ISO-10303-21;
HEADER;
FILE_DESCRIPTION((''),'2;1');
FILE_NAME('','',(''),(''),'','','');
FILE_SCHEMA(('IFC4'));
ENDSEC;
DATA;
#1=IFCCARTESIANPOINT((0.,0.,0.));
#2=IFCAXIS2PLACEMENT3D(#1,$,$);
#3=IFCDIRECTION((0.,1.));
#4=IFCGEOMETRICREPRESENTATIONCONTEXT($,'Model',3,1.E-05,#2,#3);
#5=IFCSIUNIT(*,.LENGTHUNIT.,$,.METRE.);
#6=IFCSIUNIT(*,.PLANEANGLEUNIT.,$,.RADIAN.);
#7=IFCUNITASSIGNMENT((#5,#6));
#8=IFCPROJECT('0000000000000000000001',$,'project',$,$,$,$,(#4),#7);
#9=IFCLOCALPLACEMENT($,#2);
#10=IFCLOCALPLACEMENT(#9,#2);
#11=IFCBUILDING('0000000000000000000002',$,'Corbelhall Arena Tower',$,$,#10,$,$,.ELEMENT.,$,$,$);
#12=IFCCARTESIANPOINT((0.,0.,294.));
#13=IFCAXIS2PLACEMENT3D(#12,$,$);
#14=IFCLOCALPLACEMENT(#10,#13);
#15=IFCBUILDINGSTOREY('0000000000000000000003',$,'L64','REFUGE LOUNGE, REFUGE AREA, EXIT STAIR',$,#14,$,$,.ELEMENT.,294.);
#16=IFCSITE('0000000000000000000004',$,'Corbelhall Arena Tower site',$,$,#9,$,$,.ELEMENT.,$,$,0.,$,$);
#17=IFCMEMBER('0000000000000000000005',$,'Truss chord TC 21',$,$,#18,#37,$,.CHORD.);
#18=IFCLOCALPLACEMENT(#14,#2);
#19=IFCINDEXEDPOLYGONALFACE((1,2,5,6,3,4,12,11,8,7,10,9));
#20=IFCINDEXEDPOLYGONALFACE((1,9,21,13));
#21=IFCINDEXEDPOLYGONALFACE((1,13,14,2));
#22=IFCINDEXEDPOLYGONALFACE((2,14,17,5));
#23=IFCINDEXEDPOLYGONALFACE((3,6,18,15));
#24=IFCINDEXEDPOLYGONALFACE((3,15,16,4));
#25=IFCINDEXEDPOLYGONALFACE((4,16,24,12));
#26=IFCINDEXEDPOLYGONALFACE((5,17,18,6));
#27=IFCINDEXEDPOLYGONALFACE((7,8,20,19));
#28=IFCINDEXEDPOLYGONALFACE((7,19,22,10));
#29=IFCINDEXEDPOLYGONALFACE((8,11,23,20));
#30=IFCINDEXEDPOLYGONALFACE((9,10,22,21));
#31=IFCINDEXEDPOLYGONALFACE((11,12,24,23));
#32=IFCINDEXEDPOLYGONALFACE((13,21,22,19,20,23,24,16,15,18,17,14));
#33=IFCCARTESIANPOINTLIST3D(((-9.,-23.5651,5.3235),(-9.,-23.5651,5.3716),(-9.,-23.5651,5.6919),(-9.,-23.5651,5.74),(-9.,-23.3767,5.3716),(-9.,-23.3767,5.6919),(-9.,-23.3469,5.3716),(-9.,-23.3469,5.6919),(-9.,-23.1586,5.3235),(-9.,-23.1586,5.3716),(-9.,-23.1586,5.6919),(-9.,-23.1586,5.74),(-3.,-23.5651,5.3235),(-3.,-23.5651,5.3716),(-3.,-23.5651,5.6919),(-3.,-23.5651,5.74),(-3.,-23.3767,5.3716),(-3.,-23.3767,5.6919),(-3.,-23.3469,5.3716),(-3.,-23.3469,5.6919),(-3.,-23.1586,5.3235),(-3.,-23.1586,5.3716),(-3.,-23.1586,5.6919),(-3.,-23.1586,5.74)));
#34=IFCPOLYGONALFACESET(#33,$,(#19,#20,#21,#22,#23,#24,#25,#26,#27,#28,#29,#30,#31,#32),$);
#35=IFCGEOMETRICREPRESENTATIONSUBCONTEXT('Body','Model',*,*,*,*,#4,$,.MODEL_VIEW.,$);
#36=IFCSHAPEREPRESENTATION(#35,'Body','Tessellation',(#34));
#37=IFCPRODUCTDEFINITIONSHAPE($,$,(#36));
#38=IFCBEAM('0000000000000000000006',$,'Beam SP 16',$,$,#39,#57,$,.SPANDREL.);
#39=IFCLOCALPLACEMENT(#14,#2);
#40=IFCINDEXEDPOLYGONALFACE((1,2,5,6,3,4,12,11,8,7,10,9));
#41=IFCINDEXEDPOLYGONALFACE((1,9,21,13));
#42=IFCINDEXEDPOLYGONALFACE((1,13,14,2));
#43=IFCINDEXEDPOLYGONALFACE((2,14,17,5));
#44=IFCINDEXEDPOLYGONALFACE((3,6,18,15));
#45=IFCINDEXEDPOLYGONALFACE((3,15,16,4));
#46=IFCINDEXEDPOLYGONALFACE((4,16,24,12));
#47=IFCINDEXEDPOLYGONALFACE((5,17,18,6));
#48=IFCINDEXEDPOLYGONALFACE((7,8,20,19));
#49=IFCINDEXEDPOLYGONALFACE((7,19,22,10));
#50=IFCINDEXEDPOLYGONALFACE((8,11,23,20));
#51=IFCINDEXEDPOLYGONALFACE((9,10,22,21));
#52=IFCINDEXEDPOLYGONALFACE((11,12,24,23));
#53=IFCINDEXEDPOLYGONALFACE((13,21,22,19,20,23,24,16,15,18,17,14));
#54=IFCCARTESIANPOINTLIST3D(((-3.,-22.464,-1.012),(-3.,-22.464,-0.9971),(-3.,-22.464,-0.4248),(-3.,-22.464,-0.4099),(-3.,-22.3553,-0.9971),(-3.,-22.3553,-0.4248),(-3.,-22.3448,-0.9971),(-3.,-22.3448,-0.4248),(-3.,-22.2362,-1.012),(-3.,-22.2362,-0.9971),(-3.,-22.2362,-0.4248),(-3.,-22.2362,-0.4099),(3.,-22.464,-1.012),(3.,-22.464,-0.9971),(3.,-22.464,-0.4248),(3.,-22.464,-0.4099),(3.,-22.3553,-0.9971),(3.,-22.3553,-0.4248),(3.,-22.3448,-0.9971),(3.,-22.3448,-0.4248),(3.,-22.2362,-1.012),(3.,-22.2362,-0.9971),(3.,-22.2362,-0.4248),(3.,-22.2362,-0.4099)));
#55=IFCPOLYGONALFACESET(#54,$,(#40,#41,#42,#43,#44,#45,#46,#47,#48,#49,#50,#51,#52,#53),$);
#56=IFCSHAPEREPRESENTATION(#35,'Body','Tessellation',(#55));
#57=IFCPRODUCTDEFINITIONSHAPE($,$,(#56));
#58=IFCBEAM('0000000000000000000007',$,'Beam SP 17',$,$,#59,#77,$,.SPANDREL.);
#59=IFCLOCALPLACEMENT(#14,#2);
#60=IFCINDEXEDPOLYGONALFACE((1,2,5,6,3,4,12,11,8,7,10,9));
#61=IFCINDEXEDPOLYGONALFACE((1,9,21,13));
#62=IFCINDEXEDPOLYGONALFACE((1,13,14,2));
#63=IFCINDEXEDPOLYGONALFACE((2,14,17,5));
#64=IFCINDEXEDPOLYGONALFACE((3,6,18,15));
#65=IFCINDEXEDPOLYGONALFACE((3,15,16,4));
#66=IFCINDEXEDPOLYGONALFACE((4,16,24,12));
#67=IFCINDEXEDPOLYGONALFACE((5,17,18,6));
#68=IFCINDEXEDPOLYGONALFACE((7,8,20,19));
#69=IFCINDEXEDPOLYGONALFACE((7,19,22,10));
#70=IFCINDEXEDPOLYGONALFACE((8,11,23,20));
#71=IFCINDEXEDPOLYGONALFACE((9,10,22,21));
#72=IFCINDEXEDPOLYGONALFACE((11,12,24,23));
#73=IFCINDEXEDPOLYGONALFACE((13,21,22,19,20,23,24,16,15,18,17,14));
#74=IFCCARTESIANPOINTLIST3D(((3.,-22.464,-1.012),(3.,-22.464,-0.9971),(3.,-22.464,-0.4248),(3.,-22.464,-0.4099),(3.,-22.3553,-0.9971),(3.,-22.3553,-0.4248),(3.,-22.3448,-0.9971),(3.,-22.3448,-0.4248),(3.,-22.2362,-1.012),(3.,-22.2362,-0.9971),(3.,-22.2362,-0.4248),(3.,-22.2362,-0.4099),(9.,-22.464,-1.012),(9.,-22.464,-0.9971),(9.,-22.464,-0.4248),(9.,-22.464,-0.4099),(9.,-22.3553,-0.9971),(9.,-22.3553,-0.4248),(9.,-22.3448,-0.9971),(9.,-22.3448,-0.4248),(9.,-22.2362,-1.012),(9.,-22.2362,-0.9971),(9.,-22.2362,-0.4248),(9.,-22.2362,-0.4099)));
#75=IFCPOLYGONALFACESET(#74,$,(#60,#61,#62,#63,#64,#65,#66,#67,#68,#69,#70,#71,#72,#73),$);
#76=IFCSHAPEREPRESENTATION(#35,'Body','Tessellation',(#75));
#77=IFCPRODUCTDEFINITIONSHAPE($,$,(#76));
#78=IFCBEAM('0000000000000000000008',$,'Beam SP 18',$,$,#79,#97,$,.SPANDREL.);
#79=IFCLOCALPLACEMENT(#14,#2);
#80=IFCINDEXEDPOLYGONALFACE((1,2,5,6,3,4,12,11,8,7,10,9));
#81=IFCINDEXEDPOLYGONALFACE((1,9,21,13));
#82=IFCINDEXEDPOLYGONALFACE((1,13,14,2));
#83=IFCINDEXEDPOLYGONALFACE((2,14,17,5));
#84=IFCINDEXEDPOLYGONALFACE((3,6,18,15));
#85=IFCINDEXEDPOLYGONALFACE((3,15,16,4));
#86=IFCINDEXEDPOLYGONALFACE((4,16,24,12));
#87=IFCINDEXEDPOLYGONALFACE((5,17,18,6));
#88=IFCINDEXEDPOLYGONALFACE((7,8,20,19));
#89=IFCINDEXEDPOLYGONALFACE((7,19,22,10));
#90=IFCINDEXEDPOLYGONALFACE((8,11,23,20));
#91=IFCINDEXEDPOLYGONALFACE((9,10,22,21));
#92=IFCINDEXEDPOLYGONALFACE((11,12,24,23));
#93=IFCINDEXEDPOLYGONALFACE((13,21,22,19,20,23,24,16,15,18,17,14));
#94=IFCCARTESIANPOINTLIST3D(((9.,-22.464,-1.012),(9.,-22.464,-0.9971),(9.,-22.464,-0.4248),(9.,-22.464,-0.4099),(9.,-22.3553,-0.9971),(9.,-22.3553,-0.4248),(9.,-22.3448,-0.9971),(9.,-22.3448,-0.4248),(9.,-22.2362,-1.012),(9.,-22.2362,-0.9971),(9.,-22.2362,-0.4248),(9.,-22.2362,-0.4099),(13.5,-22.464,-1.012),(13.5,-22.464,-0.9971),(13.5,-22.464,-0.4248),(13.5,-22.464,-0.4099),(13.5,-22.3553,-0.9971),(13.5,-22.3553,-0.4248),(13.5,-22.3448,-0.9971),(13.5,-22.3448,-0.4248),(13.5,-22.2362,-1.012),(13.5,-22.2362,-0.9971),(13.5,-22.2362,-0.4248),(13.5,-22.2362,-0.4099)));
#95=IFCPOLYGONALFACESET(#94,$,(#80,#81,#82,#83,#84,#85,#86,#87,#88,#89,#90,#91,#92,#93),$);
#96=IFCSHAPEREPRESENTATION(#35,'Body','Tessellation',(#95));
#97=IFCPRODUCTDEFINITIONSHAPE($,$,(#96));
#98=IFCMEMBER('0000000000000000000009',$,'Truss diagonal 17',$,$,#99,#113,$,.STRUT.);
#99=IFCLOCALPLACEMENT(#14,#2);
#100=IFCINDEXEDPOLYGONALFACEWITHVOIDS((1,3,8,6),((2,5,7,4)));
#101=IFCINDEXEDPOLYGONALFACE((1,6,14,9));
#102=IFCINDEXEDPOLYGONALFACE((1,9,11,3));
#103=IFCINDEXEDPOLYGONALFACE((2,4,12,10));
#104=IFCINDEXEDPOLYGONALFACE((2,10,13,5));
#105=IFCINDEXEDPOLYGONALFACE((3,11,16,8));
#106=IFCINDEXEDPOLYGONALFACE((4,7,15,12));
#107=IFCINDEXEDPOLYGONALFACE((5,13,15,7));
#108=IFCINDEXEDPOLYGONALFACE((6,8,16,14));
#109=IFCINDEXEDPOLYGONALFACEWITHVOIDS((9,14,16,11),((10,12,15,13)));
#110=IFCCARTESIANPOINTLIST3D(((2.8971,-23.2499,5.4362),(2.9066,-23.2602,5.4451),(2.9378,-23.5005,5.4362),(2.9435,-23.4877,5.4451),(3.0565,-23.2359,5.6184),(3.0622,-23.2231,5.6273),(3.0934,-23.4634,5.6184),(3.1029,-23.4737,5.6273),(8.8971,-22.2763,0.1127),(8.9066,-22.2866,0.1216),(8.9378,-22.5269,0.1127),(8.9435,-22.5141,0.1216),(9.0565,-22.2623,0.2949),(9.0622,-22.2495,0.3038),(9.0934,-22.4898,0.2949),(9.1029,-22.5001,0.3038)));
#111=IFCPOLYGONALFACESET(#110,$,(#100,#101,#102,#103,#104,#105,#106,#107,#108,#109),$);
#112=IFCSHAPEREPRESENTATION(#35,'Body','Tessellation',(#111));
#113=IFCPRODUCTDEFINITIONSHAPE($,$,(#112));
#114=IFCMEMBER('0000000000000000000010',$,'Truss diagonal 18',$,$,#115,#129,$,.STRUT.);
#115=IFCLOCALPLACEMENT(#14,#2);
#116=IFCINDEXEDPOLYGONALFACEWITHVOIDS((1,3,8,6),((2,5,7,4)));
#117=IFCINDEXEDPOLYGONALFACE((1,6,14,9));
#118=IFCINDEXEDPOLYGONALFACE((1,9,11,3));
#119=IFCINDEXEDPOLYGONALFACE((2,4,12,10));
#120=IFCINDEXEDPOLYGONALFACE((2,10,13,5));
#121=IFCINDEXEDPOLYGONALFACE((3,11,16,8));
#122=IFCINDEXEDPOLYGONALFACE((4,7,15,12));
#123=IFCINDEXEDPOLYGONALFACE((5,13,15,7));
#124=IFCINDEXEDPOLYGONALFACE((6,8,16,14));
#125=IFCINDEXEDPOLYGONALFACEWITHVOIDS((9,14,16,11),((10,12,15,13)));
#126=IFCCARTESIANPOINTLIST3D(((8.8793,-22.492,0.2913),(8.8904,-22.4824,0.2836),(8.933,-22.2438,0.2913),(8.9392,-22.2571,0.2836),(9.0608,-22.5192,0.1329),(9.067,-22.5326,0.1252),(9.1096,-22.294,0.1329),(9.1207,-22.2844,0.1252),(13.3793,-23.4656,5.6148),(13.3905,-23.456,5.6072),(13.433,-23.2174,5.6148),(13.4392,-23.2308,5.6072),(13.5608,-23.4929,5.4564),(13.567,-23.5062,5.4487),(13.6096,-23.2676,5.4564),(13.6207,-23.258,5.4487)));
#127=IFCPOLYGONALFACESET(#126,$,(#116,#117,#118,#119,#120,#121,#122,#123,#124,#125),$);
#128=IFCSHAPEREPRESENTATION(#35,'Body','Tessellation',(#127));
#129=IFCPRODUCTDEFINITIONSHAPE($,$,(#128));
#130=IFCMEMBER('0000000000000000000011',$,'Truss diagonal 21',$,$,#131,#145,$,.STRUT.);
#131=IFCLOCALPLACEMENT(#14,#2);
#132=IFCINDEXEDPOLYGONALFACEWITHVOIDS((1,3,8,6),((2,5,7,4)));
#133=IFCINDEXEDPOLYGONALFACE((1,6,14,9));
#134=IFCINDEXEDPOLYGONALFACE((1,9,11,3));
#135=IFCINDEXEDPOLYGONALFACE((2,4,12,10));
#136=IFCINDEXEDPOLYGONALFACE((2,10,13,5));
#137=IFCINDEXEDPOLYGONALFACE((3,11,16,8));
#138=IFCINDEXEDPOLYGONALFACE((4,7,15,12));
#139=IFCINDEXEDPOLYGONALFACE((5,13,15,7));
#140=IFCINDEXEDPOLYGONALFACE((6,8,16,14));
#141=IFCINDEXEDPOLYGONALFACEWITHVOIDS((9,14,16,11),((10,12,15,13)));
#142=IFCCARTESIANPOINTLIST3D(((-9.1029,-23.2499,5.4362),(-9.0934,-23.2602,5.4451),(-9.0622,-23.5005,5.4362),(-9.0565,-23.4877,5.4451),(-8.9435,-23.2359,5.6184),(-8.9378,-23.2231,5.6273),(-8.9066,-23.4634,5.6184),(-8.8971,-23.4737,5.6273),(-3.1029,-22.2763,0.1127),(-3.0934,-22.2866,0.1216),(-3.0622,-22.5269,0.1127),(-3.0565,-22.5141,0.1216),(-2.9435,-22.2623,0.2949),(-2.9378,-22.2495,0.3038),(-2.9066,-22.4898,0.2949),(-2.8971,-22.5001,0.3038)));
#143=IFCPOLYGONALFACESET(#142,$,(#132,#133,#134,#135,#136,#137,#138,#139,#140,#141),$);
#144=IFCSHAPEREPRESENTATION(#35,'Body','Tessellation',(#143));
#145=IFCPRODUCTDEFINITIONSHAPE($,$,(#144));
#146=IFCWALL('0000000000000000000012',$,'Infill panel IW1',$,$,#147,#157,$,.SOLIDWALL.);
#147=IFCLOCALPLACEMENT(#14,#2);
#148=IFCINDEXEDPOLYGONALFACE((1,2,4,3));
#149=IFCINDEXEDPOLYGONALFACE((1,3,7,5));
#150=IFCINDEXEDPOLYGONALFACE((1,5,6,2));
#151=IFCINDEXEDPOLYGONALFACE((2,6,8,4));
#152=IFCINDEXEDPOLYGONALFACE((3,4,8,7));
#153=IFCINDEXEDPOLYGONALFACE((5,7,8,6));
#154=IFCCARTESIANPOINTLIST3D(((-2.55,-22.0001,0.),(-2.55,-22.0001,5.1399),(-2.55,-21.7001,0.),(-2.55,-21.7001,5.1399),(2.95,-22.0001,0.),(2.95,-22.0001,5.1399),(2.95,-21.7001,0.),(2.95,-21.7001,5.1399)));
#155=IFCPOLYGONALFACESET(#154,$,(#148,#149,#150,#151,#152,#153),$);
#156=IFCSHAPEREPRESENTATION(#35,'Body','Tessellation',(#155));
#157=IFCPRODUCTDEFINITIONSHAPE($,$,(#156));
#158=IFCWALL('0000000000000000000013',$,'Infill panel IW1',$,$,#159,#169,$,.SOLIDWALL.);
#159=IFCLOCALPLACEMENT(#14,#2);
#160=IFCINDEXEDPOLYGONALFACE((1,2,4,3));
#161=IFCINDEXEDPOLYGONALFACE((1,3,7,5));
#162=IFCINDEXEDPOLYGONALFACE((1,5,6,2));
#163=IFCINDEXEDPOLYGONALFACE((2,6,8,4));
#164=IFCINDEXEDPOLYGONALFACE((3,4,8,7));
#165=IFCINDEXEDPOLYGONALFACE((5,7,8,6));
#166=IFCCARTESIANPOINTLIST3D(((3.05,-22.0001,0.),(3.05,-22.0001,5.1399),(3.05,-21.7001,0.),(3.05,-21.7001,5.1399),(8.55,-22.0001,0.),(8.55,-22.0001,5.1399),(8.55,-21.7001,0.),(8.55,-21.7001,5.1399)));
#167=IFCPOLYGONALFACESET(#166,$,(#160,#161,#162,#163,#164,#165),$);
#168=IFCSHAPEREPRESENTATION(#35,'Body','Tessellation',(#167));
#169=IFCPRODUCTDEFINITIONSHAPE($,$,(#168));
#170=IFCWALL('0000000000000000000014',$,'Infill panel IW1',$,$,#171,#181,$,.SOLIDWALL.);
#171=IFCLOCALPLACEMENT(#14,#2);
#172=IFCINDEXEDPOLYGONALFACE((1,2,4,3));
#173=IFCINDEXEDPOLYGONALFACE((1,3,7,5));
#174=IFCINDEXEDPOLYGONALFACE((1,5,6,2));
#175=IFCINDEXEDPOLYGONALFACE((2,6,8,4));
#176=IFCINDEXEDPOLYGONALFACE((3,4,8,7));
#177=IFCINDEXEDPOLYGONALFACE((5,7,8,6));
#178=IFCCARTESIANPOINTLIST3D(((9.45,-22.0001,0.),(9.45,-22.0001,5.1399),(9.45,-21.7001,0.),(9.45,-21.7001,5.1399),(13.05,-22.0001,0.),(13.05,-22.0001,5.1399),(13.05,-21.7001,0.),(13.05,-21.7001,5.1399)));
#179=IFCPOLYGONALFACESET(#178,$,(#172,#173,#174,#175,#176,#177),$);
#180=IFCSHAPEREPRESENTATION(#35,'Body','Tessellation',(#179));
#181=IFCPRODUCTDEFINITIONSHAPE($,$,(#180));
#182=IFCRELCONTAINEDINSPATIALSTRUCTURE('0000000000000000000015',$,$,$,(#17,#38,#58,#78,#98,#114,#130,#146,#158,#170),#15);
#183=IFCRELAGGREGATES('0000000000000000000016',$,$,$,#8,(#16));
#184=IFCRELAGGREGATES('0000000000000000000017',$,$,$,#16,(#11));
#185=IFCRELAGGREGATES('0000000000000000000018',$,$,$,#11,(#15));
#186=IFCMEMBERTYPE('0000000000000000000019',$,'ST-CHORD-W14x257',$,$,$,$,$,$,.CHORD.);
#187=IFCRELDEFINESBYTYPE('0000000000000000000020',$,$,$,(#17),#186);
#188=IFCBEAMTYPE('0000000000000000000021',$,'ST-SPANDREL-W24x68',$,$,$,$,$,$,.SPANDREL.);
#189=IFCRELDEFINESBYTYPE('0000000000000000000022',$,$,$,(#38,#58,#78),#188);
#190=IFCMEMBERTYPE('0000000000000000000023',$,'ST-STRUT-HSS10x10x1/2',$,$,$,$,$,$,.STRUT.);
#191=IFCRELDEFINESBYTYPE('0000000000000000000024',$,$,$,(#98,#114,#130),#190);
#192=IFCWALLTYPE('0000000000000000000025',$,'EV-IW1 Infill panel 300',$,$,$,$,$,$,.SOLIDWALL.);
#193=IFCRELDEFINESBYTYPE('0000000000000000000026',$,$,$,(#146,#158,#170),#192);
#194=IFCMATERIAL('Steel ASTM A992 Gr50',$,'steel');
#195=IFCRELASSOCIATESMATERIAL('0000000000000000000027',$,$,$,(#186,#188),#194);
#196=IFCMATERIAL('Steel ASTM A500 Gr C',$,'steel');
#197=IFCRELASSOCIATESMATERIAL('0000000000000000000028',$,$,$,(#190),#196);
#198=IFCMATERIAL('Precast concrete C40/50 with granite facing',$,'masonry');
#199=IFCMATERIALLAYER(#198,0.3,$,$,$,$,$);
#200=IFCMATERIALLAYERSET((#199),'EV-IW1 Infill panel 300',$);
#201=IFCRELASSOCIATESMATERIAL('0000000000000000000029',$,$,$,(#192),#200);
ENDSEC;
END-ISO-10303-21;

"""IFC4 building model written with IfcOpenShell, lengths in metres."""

from ifc_helpers import new_model, si_unit, direction, frame, frame_2d, origin, origin_2d, place, context, subcontext, project, spatial, rectangle, hollow_rectangle, i_section, extrude, material, layer, layer_set, material_profile, profile_set, type_object, element, save


model = new_model("IFC4")

# Units and contexts
model_context = context("Model", 3, precision=1e-05, world=origin(), true_north=direction((0.0, 1.0)))
body_context = subcontext(model_context, "Body", "Model", "MODEL_VIEW")
ifc_project = project(units=[si_unit("LENGTHUNIT", "METRE"), si_unit("PLANEANGLEUNIT", "RADIAN")], contexts=[model_context])

# Site, building, storey
site_placement = place(None, origin())
site = spatial("IfcSite", under=ifc_project, at=site_placement, Name="Corbelhall Arena Tower site", CompositionType="ELEMENT", RefElevation=0.0)
building_placement = place(site_placement, origin())
building = spatial("IfcBuilding", under=site, at=building_placement, Name="Corbelhall Arena Tower", CompositionType="ELEMENT")
storey_placement = place(building_placement, frame((0.0, 0.0, 294.0)))
storey = spatial("IfcBuildingStorey", under=building, at=storey_placement, Name="L64", Description="REFUGE LOUNGE, REFUGE AREA, EXIT STAIR", CompositionType="ELEMENT", Elevation=294.0)

# Member
ifc_material_1 = material(Name="Steel ASTM A992 Gr50", Category="steel")
ifc_material_profile_1 = material_profile(ifc_material_1, i_section(OverallWidth=0.4065, OverallDepth=0.4165, WebThickness=0.0298, FlangeThickness=0.0481, at=origin_2d()))
ifc_profile_set_1 = profile_set([ifc_material_profile_1], Name="Steel ASTM A992 Gr50")
member_type_1 = type_object("IfcMemberType", Name="ST-CHORD-W14x257", PredefinedType="CHORD", material=ifc_profile_set_1)
for number, where, z_axis, x_axis, name in (
    (1, (-3.0, -23.3618, 5.5317), (-1.0, 0.0, 0.0), (0.0, -1.0, 0.0), "Truss chord TC 21"),
):
    element("IfcMember", number, at=place(storey_placement, frame(where, z_axis=z_axis, x_axis=x_axis)), inside=storey, type_object=member_type_1, Name=name, PredefinedType="CHORD", context=body_context, shape_type="SweptSolid", body=[
        extrude(i_section(OverallWidth=0.4065, OverallDepth=0.4165, WebThickness=0.0298, FlangeThickness=0.0481, at=origin_2d()), origin(), (0.0, 0.0, 1.0), 6.0),
    ])

# Beams
ifc_material_profile_2 = material_profile(ifc_material_1, i_section(OverallWidth=0.2278, OverallDepth=0.6021, WebThickness=0.0105, FlangeThickness=0.0149, at=origin_2d()))
ifc_profile_set_2 = profile_set([ifc_material_profile_2], Name="Steel ASTM A992 Gr50")
beam_type = type_object("IfcBeamType", Name="ST-SPANDREL-W24x68", PredefinedType="SPANDREL", material=ifc_profile_set_2)
for number, where, z_axis, x_axis, name in (
    (2, (3.0, -22.3501, -0.7109), (-1.0, 0.0, 0.0), (0.0, -1.0, 0.0), "Beam SP 16"),
    (3, (9.0, -22.3501, -0.7109), (-1.0, 0.0, 0.0), (0.0, -1.0, 0.0), "Beam SP 17"),
):
    element("IfcBeam", number, at=place(storey_placement, frame(where, z_axis=z_axis, x_axis=x_axis)), inside=storey, type_object=beam_type, Name=name, PredefinedType="SPANDREL", context=body_context, shape_type="SweptSolid", body=[
        extrude(i_section(OverallWidth=0.2278, OverallDepth=0.6021, WebThickness=0.0105, FlangeThickness=0.0149, at=origin_2d()), origin(), (0.0, 0.0, 1.0), 6.0),
    ])
beam_placement = place(storey_placement, frame((13.5, -22.3501, -0.7109), z_axis=(-1.0, 0.0, 0.0), x_axis=(0.0, -1.0, 0.0)))
element("IfcBeam", 4, at=beam_placement, inside=storey, type_object=beam_type, Name="Beam SP 18", PredefinedType="SPANDREL", context=body_context, shape_type="SweptSolid", body=[
    extrude(i_section(OverallWidth=0.2278, OverallDepth=0.6021, WebThickness=0.0105, FlangeThickness=0.0149, at=origin_2d()), origin(), (0.0, 0.0, 1.0), 4.5),
])

# Members
ifc_material_2 = material(Name="Steel ASTM A500 Gr C", Category="steel")
ifc_material_profile_3 = material_profile(ifc_material_2, hollow_rectangle(XDim=0.2539, YDim=0.2539, WallThickness=0.0117, at=origin_2d()))
ifc_profile_set_3 = profile_set([ifc_material_profile_3], Name="Steel ASTM A500 Gr C")
member_type_2 = type_object("IfcMemberType", Name="ST-STRUT-HSS10x10x1/2", PredefinedType="STRUT", material=ifc_profile_set_3)
member_1_placement = place(storey_placement, frame((9.0, -22.3882, 0.2083), z_axis=(-0.742568, -0.120498, 0.658842), x_axis=(0.160177, -0.987088, 0.0)))
element("IfcMember", 5, at=member_1_placement, inside=storey, type_object=member_type_2, Name="Truss diagonal 17", PredefinedType="STRUT", context=body_context, shape_type="SweptSolid", body=[
    extrude(hollow_rectangle(XDim=0.2539, YDim=0.2539, WallThickness=0.0117, at=origin_2d()), origin(), (0.0, 0.0, 1.0), 8.0801),
])
member_2_placement = place(storey_placement, frame((9.0, -22.3882, 0.2083), z_axis=(0.63936, -0.138334, 0.756361), x_axis=(0.21147, 0.977385, 0.0)))
element("IfcMember", 6, at=member_2_placement, inside=storey, type_object=member_type_2, Name="Truss diagonal 18", PredefinedType="STRUT", context=body_context, shape_type="SweptSolid", body=[
    extrude(hollow_rectangle(XDim=0.2539, YDim=0.2539, WallThickness=0.0117, at=origin_2d()), origin(), (0.0, 0.0, 1.0), 7.0383),
])
member_3_placement = place(storey_placement, frame((-3.0, -22.3882, 0.2083), z_axis=(-0.742568, -0.120498, 0.658842), x_axis=(0.160177, -0.987088, 0.0)))
element("IfcMember", 7, at=member_3_placement, inside=storey, type_object=member_type_2, Name="Truss diagonal 21", PredefinedType="STRUT", context=body_context, shape_type="SweptSolid", body=[
    extrude(hollow_rectangle(XDim=0.2539, YDim=0.2539, WallThickness=0.0117, at=origin_2d()), origin(), (0.0, 0.0, 1.0), 8.0801),
])

# Walls
ifc_material_3 = material(Name="Precast concrete C40/50 with granite facing", Category="masonry")
ifc_layer_1 = layer(ifc_material_3, 0.3)
ifc_layer_set_1 = layer_set([ifc_layer_1], Name="EV-IW1 Infill panel 300")
wall_type_1 = type_object("IfcWallType", Name="EV-IW1 Infill panel 300", PredefinedType="SOLIDWALL", material=ifc_layer_set_1)
for number, where, z_axis, x_axis, name in (
    (8, (-2.55, -21.8501, 0.0), (0.0, 0.0, 1.0), (1.0, 0.0, 0.0), "Infill panel IW1"),
    (9, (3.05, -21.8501, 0.0), (0.0, 0.0, 1.0), (1.0, 0.0, 0.0), "Infill panel IW1"),
):
    element("IfcWall", number, at=place(storey_placement, frame(where, z_axis=z_axis, x_axis=x_axis)), inside=storey, type_object=wall_type_1, Name=name, PredefinedType="SOLIDWALL", context=body_context, shape_type="SweptSolid", body=[
        extrude(rectangle(XDim=5.5, YDim=0.3, at=frame_2d((2.75, 0.0))), origin(), (0.0, 0.0, 1.0), 5.1399),
    ])
wall_1_placement = place(storey_placement, frame((9.45, -21.8501, 0.0), z_axis=(0.0, 0.0, 1.0), x_axis=(1.0, 0.0, 0.0)))
element("IfcWall", 10, at=wall_1_placement, inside=storey, type_object=wall_type_1, Name="Infill panel IW1", PredefinedType="SOLIDWALL", context=body_context, shape_type="SweptSolid", body=[
    extrude(rectangle(XDim=3.6001, YDim=0.3, at=frame_2d((1.8, 0.0))), origin(), (0.0, 0.0, 1.0), 5.1399),
])

save(model, "model.ifc")
